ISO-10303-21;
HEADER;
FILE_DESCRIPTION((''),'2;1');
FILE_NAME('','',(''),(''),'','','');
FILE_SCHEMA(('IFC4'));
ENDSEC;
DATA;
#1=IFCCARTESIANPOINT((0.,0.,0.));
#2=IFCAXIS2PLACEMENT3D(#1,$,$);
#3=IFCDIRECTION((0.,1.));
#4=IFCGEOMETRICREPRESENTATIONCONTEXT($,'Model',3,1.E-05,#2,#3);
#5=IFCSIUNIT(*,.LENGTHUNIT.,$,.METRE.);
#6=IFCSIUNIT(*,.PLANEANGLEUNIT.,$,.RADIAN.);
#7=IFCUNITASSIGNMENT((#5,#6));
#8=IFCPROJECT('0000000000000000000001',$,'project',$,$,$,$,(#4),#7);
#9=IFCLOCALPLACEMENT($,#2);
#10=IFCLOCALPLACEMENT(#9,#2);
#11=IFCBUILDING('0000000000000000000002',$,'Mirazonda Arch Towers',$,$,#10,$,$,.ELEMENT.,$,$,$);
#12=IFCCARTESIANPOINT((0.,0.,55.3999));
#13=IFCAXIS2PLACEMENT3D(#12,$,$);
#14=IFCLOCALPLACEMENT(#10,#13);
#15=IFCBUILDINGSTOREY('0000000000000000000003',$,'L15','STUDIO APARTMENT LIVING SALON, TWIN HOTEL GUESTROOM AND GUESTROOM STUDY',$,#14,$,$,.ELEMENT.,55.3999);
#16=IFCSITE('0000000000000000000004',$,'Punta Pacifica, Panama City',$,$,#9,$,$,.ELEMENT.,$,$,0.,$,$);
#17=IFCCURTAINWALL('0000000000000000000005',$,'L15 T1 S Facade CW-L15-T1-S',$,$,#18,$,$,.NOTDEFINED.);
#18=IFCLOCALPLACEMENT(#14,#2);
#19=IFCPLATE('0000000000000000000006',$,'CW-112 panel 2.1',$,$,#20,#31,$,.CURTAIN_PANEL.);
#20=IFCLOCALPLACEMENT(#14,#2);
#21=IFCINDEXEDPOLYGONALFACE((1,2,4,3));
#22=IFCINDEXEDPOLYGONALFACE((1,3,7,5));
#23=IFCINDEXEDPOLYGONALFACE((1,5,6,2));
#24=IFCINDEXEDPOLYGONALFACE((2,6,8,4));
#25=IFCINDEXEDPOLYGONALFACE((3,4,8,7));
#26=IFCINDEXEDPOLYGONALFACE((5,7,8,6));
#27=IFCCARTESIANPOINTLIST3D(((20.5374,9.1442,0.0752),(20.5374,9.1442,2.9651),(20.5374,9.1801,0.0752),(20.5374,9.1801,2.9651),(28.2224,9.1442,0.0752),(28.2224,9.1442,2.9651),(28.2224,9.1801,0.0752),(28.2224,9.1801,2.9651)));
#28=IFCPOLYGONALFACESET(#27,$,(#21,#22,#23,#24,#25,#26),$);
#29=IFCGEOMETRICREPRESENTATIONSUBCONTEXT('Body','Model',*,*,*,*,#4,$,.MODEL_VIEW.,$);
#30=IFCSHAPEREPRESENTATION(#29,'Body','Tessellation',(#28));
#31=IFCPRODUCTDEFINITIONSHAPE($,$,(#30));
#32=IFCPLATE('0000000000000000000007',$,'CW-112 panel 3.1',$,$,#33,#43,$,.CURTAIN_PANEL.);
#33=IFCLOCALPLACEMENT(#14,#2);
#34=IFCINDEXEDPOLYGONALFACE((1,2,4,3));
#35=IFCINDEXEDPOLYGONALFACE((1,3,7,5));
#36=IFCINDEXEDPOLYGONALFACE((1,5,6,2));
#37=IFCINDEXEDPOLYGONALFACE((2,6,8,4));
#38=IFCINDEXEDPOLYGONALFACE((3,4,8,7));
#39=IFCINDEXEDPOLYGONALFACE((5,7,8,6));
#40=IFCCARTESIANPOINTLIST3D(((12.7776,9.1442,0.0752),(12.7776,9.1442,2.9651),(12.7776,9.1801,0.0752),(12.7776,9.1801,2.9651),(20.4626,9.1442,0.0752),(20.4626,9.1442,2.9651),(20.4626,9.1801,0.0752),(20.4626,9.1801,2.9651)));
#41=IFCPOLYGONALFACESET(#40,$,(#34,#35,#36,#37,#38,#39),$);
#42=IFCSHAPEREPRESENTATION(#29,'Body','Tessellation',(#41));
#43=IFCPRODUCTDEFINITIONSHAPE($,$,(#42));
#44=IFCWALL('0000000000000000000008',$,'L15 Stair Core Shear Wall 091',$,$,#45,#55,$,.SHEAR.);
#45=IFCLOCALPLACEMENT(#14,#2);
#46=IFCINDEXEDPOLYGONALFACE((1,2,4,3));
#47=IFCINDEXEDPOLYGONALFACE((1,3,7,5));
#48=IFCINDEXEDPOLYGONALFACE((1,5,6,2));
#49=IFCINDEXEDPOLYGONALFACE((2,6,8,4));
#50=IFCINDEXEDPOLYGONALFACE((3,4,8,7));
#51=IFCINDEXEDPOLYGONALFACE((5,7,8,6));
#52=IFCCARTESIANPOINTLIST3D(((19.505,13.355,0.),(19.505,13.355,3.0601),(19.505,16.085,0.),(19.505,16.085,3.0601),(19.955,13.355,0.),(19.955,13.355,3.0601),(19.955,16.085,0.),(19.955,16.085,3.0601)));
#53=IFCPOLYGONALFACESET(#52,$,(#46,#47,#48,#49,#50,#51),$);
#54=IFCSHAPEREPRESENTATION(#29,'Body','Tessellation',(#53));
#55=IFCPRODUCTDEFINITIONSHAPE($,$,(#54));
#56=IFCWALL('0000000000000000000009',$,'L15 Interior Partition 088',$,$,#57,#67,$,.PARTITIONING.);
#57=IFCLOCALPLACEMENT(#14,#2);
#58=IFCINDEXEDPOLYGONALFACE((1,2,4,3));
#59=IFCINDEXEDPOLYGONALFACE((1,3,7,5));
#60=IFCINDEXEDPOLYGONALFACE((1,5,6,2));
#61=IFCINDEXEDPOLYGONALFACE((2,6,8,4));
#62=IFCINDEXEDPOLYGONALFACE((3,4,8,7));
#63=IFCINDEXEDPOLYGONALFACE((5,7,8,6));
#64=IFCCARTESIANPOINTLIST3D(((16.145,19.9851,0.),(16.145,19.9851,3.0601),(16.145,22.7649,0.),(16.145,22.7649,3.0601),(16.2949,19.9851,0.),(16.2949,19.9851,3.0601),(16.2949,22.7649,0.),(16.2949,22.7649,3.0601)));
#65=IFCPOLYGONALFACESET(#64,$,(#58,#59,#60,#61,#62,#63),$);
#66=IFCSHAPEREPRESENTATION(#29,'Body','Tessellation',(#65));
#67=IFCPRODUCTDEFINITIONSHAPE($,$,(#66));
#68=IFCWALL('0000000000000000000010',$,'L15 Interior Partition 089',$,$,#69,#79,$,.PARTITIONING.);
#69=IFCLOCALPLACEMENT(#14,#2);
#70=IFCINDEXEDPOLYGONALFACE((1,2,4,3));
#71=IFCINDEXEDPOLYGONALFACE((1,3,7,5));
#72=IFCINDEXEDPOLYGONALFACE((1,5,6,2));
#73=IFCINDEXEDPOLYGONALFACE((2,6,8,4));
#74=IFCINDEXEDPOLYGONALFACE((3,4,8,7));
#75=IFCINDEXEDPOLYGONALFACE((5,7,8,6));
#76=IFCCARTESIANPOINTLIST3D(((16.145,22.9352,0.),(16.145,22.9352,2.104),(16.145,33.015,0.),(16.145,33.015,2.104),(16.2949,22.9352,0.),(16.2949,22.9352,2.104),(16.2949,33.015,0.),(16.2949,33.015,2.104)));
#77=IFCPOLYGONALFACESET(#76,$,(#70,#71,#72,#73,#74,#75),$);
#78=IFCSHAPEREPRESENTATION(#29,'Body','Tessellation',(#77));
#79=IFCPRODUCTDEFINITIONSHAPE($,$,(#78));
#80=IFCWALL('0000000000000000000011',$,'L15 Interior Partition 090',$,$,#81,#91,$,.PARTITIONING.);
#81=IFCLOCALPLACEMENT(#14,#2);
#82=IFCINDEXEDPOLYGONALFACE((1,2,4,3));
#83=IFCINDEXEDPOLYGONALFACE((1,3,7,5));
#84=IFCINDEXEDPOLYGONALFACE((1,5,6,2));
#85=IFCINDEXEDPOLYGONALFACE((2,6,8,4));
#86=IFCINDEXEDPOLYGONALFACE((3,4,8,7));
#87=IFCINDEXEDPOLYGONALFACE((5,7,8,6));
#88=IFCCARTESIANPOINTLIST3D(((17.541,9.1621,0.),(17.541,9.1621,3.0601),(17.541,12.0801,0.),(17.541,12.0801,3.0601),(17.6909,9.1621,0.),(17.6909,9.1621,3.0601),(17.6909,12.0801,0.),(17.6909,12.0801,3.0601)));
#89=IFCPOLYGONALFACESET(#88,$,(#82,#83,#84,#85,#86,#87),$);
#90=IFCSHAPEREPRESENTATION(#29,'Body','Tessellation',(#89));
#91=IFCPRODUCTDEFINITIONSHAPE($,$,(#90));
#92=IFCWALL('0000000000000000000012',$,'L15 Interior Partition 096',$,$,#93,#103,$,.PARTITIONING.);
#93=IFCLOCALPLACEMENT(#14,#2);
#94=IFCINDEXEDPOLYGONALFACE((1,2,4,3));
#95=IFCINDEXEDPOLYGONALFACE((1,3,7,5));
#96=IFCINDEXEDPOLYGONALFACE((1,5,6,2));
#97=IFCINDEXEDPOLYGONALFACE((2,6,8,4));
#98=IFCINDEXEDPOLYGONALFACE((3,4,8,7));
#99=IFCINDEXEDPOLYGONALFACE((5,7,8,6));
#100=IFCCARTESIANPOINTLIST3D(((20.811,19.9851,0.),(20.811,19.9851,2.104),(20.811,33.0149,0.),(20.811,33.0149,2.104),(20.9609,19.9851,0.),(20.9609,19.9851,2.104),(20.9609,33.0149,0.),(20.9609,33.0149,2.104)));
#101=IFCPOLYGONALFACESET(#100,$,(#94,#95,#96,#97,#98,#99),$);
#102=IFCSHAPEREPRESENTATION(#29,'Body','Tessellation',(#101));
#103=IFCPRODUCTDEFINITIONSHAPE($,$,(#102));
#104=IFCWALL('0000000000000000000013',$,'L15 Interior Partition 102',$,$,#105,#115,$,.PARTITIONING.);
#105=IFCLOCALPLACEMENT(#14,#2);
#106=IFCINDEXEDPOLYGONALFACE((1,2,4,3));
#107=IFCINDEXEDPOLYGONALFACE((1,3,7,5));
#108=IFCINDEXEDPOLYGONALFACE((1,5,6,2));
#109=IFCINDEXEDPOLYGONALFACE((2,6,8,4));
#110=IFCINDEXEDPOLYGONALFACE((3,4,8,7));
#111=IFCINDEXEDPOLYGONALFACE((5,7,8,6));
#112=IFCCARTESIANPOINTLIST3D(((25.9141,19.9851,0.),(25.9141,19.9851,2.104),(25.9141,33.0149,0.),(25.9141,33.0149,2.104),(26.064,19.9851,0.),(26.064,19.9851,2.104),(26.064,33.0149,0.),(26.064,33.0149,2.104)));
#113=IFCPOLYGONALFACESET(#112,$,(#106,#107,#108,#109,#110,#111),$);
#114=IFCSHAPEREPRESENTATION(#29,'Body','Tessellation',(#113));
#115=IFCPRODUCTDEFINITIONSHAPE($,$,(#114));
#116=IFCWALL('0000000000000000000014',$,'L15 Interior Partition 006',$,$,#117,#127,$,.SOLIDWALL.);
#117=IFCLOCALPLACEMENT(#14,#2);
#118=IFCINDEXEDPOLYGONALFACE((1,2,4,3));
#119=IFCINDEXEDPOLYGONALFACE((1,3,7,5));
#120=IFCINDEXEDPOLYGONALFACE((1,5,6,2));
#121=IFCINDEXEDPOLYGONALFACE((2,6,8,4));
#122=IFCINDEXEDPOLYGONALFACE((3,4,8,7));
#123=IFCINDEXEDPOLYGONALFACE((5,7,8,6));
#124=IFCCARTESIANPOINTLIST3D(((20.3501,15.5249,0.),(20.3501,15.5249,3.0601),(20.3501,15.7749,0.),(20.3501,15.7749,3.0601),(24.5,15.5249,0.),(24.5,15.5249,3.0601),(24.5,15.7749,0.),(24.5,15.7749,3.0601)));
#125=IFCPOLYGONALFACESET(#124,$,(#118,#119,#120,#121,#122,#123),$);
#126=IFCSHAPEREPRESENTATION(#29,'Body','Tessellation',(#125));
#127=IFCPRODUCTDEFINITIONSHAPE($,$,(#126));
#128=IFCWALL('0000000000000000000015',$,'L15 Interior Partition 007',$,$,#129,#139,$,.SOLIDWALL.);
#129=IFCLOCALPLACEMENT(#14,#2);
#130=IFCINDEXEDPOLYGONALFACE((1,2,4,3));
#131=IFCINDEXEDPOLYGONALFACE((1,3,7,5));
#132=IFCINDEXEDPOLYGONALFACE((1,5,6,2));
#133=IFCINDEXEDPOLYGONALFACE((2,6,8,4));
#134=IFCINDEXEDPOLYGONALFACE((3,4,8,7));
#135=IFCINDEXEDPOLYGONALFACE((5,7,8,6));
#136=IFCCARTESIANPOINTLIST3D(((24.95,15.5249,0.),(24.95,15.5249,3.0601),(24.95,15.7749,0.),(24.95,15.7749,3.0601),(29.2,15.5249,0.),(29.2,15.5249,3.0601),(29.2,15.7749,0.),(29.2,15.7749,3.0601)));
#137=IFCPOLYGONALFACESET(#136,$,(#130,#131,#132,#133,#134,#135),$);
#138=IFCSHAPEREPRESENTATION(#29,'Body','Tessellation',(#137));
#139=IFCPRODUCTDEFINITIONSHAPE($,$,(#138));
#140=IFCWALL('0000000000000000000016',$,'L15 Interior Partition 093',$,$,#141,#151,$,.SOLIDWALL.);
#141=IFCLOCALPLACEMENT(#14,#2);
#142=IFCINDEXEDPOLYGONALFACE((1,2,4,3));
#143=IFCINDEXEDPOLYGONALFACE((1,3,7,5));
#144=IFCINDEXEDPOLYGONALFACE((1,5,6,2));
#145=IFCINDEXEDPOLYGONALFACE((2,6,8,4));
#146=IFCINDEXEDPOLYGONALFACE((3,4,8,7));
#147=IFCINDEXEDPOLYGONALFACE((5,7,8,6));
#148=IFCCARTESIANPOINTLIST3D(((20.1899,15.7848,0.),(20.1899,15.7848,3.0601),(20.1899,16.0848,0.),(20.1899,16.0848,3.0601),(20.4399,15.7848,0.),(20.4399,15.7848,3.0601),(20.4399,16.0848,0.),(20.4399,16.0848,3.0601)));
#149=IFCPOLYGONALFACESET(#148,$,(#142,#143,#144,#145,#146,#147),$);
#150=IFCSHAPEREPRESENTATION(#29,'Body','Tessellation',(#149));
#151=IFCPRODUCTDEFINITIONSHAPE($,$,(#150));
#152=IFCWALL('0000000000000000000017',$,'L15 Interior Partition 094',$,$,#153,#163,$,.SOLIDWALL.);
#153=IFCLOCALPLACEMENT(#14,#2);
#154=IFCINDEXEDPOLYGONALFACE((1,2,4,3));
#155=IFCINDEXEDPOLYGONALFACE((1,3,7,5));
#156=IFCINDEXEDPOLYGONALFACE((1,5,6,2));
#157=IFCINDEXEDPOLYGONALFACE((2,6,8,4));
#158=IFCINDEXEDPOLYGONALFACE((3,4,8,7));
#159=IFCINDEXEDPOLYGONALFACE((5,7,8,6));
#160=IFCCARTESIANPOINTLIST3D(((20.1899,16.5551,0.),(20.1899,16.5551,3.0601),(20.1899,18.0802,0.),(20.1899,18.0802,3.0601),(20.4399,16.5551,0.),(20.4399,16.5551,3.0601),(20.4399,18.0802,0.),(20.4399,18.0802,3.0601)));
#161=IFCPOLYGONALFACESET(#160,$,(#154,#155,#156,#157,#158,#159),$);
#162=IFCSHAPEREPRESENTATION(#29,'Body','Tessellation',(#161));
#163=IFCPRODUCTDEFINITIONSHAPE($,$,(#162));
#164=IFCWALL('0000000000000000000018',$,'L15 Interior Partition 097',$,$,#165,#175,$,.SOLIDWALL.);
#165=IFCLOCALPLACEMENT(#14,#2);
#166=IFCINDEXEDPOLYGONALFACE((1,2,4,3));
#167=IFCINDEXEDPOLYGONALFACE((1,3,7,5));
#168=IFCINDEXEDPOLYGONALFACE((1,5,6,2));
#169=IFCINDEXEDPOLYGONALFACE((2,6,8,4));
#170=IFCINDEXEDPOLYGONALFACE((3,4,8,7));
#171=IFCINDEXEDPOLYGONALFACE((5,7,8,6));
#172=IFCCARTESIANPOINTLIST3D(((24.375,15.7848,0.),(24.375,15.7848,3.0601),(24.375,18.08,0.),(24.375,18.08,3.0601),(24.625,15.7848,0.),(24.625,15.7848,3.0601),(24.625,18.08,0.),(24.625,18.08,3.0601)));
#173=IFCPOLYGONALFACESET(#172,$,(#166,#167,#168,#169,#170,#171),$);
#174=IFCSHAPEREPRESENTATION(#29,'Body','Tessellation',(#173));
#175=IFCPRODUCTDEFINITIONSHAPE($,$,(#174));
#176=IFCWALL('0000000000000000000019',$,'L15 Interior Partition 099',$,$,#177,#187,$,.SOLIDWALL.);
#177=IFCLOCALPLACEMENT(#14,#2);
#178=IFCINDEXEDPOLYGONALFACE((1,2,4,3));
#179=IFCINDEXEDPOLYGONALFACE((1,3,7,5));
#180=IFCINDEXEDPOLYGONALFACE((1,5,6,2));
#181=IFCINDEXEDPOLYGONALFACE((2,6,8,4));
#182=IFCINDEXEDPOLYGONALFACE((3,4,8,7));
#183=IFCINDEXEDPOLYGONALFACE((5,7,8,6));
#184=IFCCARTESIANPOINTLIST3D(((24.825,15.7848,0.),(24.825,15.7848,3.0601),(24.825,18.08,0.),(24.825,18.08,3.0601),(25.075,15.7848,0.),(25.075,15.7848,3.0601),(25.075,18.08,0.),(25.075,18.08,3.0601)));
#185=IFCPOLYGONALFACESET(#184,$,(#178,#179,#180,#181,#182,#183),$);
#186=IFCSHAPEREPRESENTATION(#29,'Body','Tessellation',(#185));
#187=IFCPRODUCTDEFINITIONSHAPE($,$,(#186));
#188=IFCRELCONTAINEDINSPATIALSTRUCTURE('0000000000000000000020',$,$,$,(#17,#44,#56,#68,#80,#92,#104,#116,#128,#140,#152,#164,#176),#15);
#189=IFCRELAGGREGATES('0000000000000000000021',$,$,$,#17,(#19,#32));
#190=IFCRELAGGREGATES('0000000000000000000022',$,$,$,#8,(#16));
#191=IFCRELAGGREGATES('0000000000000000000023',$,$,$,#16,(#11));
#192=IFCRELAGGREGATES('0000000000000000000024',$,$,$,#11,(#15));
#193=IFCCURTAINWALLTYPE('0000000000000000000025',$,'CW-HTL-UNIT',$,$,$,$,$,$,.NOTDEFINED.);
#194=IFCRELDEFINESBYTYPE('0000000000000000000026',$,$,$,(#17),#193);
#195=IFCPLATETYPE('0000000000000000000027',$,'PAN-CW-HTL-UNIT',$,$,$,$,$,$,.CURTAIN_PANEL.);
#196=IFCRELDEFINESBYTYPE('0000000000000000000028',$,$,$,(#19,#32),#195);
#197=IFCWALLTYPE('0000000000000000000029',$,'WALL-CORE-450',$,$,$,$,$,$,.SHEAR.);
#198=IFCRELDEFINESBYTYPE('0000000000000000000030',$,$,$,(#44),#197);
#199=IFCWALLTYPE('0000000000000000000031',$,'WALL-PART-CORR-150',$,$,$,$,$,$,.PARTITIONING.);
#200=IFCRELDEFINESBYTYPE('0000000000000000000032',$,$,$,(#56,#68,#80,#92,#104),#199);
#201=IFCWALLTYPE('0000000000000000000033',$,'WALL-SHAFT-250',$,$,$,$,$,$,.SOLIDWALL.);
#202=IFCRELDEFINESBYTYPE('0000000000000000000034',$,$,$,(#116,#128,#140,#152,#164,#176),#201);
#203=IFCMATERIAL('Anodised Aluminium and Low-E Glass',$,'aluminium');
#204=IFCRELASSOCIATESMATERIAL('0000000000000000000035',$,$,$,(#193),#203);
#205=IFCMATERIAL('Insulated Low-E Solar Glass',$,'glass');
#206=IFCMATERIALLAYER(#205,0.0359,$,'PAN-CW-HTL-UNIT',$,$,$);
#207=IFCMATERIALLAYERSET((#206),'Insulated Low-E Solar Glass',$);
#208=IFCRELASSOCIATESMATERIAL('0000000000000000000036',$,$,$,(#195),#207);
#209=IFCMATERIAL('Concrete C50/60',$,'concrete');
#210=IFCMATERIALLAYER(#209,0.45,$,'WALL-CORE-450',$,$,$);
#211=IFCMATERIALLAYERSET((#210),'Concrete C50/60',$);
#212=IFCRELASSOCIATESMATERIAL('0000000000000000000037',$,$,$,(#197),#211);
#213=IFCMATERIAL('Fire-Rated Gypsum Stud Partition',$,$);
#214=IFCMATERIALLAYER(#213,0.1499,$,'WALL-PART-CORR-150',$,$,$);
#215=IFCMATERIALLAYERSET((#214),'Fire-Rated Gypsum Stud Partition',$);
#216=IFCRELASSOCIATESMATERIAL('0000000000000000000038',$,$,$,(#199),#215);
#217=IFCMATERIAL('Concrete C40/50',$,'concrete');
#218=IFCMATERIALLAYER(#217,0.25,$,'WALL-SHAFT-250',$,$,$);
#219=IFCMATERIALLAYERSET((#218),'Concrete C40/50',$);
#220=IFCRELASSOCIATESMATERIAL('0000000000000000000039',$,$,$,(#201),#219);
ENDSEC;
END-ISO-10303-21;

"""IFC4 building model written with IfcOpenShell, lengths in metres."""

from ifc_helpers import new_model, si_unit, direction, frame, frame_2d, origin, origin_2d, place, context, subcontext, project, spatial, rectangle, extrude, material, layer, layer_set, type_object, element, aggregate, save


model = new_model("IFC4")

# Units and contexts
model_context = context("Model", 3, precision=1e-05, world=origin(), true_north=direction((0.0, 1.0)))
body_context = subcontext(model_context, "Body", "Model", "MODEL_VIEW")
ifc_project = project(units=[si_unit("LENGTHUNIT", "METRE"), si_unit("PLANEANGLEUNIT", "RADIAN")], contexts=[model_context])

# Site, building, storey
site_placement = place(None, origin())
site = spatial("IfcSite", under=ifc_project, at=site_placement, Name="Punta Pacifica, Panama City", CompositionType="ELEMENT", RefElevation=0.0)
building_placement = place(site_placement, origin())
building = spatial("IfcBuilding", under=site, at=building_placement, Name="Mirazonda Arch Towers", CompositionType="ELEMENT")
storey_placement = place(building_placement, frame((0.0, 0.0, 55.3999)))
storey = spatial("IfcBuildingStorey", under=building, at=storey_placement, Name="L15", Description="STUDIO APARTMENT LIVING SALON, TWIN HOTEL GUESTROOM AND GUESTROOM STUDY", CompositionType="ELEMENT", Elevation=55.3999)

# Curtain wall, plates
ifc_material_1 = material(Name="Anodised Aluminium and Low-E Glass", Category="aluminium")
curtain_wall_type = type_object("IfcCurtainWallType", Name="CW-HTL-UNIT", PredefinedType="NOTDEFINED", material=ifc_material_1)
curtain_wall_placement = place(storey_placement, origin())
curtain_wall = element("IfcCurtainWall", 1, at=curtain_wall_placement, inside=storey, type_object=curtain_wall_type, Name="L15 T1 S Facade CW-L15-T1-S", PredefinedType="NOTDEFINED")
ifc_material_2 = material(Name="Insulated Low-E Solar Glass", Category="glass")
ifc_layer_1 = layer(ifc_material_2, 0.0359, Name="PAN-CW-HTL-UNIT")
ifc_layer_set_1 = layer_set([ifc_layer_1], Name="Insulated Low-E Solar Glass")
plate_type = type_object("IfcPlateType", Name="PAN-CW-HTL-UNIT", PredefinedType="CURTAIN_PANEL", material=ifc_layer_set_1)
plate_1_placement = place(storey_placement, frame((24.3799, 9.1621, 0.0752), z_axis=(0.0, 0.0, 1.0), x_axis=(-1.0, 0.0, 0.0)))
plate_1 = element("IfcPlate", 2, at=plate_1_placement, type_object=plate_type, Name="CW-112 panel 2.1", PredefinedType="CURTAIN_PANEL", context=body_context, shape_type="SweptSolid", body=[
    extrude(rectangle(XDim=7.6851, YDim=0.0359, at=origin_2d()), origin(), (0.0, 0.0, 1.0), 2.8899),
])
plate_2_placement = place(storey_placement, frame((16.6201, 9.1621, 0.0752), z_axis=(0.0, 0.0, 1.0), x_axis=(-1.0, 0.0, 0.0)))
plate_2 = element("IfcPlate", 3, at=plate_2_placement, type_object=plate_type, Name="CW-112 panel 3.1", PredefinedType="CURTAIN_PANEL", context=body_context, shape_type="SweptSolid", body=[
    extrude(rectangle(XDim=7.6851, YDim=0.0359, at=origin_2d()), origin(), (0.0, 0.0, 1.0), 2.8899),
])
aggregate(curtain_wall, [plate_1, plate_2])

# Walls
ifc_material_3 = material(Name="Concrete C50/60", Category="concrete")
ifc_layer_2 = layer(ifc_material_3, 0.45, Name="WALL-CORE-450")
ifc_layer_set_2 = layer_set([ifc_layer_2], Name="Concrete C50/60")
wall_type_1 = type_object("IfcWallType", Name="WALL-CORE-450", PredefinedType="SHEAR", material=ifc_layer_set_2)
wall_1_placement = place(storey_placement, frame((19.73, 13.355, 0.0), z_axis=(0.0, 0.0, 1.0), x_axis=(0.0, 1.0, 0.0)))
element("IfcWall", 4, at=wall_1_placement, inside=storey, type_object=wall_type_1, Name="L15 Stair Core Shear Wall 091", PredefinedType="SHEAR", context=body_context, shape_type="SweptSolid", body=[
    extrude(rectangle(XDim=2.73, YDim=0.45, at=frame_2d((1.365, 0.0))), origin(), (0.0, 0.0, 1.0), 3.0601),
])
ifc_material_4 = material(Name="Fire-Rated Gypsum Stud Partition")
ifc_layer_3 = layer(ifc_material_4, 0.1499, Name="WALL-PART-CORR-150")
ifc_layer_set_3 = layer_set([ifc_layer_3], Name="Fire-Rated Gypsum Stud Partition")
wall_type_2 = type_object("IfcWallType", Name="WALL-PART-CORR-150", PredefinedType="PARTITIONING", material=ifc_layer_set_3)
wall_2_placement = place(storey_placement, frame((16.22, 19.9851, 0.0), z_axis=(0.0, 0.0, 1.0), x_axis=(0.0, 1.0, 0.0)))
element("IfcWall", 5, at=wall_2_placement, inside=storey, type_object=wall_type_2, Name="L15 Interior Partition 088", PredefinedType="PARTITIONING", context=body_context, shape_type="SweptSolid", body=[
    extrude(rectangle(XDim=2.7798, YDim=0.1499, at=frame_2d((1.3899, 0.0))), origin(), (0.0, 0.0, 1.0), 3.0601),
])
wall_3_placement = place(storey_placement, frame((16.22, 22.9351, 0.0), z_axis=(0.0, 0.0, 1.0), x_axis=(0.0, 1.0, 0.0)))
element("IfcWall", 6, at=wall_3_placement, inside=storey, type_object=wall_type_2, Name="L15 Interior Partition 089", PredefinedType="PARTITIONING", context=body_context, shape_type="SweptSolid", body=[
    extrude(rectangle(XDim=10.0798, YDim=0.1499, at=frame_2d((5.04, 0.0))), origin(), (0.0, 0.0, 1.0), 2.104),
])
wall_4_placement = place(storey_placement, frame((17.616, 9.1621, 0.0), z_axis=(0.0, 0.0, 1.0), x_axis=(0.0, 1.0, 0.0)))
element("IfcWall", 7, at=wall_4_placement, inside=storey, type_object=wall_type_2, Name="L15 Interior Partition 090", PredefinedType="PARTITIONING", context=body_context, shape_type="SweptSolid", body=[
    extrude(rectangle(XDim=2.918, YDim=0.1499, at=frame_2d((1.459, 0.0))), origin(), (0.0, 0.0, 1.0), 3.0601),
])
for number, where, z_axis, x_axis, name in (
    (8, (20.886, 19.9851, 0.0), (0.0, 0.0, 1.0), (0.0, 1.0, 0.0), "L15 Interior Partition 096"),
    (9, (25.989, 19.9851, 0.0), (0.0, 0.0, 1.0), (0.0, 1.0, 0.0), "L15 Interior Partition 102"),
):
    element("IfcWall", number, at=place(storey_placement, frame(where, z_axis=z_axis, x_axis=x_axis)), inside=storey, type_object=wall_type_2, Name=name, PredefinedType="PARTITIONING", context=body_context, shape_type="SweptSolid", body=[
        extrude(rectangle(XDim=13.0298, YDim=0.1499, at=frame_2d((6.5149, 0.0))), origin(), (0.0, 0.0, 1.0), 2.104),
    ])
ifc_material_5 = material(Name="Concrete C40/50", Category="concrete")
ifc_layer_4 = layer(ifc_material_5, 0.25, Name="WALL-SHAFT-250")
ifc_layer_set_4 = layer_set([ifc_layer_4], Name="Concrete C40/50")
wall_type_3 = type_object("IfcWallType", Name="WALL-SHAFT-250", PredefinedType="SOLIDWALL", material=ifc_layer_set_4)
wall_5_placement = place(storey_placement, frame((20.3501, 15.6499, 0.0), z_axis=(0.0, 0.0, 1.0), x_axis=(1.0, 0.0, 0.0)))
element("IfcWall", 10, at=wall_5_placement, inside=storey, type_object=wall_type_3, Name="L15 Interior Partition 006", PredefinedType="SOLIDWALL", context=body_context, shape_type="SweptSolid", body=[
    extrude(rectangle(XDim=4.1499, YDim=0.25, at=frame_2d((2.075, 0.0))), origin(), (0.0, 0.0, 1.0), 3.0601),
])
wall_6_placement = place(storey_placement, frame((24.95, 15.6499, 0.0), z_axis=(0.0, 0.0, 1.0), x_axis=(1.0, 0.0, 0.0)))
element("IfcWall", 11, at=wall_6_placement, inside=storey, type_object=wall_type_3, Name="L15 Interior Partition 007", PredefinedType="SOLIDWALL", context=body_context, shape_type="SweptSolid", body=[
    extrude(rectangle(XDim=4.25, YDim=0.25, at=frame_2d((2.125, 0.0))), origin(), (0.0, 0.0, 1.0), 3.0601),
])
wall_7_placement = place(storey_placement, frame((20.3149, 15.7849, 0.0), z_axis=(0.0, 0.0, 1.0), x_axis=(0.0, 1.0, 0.0)))
element("IfcWall", 12, at=wall_7_placement, inside=storey, type_object=wall_type_3, Name="L15 Interior Partition 093", PredefinedType="SOLIDWALL", context=body_context, shape_type="SweptSolid", body=[
    extrude(rectangle(XDim=0.3, YDim=0.25, at=frame_2d((0.1499, 0.0))), origin(), (0.0, 0.0, 1.0), 3.0601),
])
wall_8_placement = place(storey_placement, frame((20.3149, 16.5549, 0.0), z_axis=(0.0, 0.0, 1.0), x_axis=(0.0, 1.0, 0.0)))
element("IfcWall", 13, at=wall_8_placement, inside=storey, type_object=wall_type_3, Name="L15 Interior Partition 094", PredefinedType="SOLIDWALL", context=body_context, shape_type="SweptSolid", body=[
    extrude(rectangle(XDim=1.5251, YDim=0.25, at=frame_2d((0.7627, 0.0))), origin(), (0.0, 0.0, 1.0), 3.0601),
])
for number, where, z_axis, x_axis, name in (
    (14, (24.5, 15.7849, 0.0), (0.0, 0.0, 1.0), (0.0, 1.0, 0.0), "L15 Interior Partition 097"),
    (15, (24.95, 15.7849, 0.0), (0.0, 0.0, 1.0), (0.0, 1.0, 0.0), "L15 Interior Partition 099"),
):
    element("IfcWall", number, at=place(storey_placement, frame(where, z_axis=z_axis, x_axis=x_axis)), inside=storey, type_object=wall_type_3, Name=name, PredefinedType="SOLIDWALL", context=body_context, shape_type="SweptSolid", body=[
        extrude(rectangle(XDim=2.2952, YDim=0.25, at=frame_2d((1.1475, 0.0))), origin(), (0.0, 0.0, 1.0), 3.0601),
    ])

save(model, "model.ifc")
